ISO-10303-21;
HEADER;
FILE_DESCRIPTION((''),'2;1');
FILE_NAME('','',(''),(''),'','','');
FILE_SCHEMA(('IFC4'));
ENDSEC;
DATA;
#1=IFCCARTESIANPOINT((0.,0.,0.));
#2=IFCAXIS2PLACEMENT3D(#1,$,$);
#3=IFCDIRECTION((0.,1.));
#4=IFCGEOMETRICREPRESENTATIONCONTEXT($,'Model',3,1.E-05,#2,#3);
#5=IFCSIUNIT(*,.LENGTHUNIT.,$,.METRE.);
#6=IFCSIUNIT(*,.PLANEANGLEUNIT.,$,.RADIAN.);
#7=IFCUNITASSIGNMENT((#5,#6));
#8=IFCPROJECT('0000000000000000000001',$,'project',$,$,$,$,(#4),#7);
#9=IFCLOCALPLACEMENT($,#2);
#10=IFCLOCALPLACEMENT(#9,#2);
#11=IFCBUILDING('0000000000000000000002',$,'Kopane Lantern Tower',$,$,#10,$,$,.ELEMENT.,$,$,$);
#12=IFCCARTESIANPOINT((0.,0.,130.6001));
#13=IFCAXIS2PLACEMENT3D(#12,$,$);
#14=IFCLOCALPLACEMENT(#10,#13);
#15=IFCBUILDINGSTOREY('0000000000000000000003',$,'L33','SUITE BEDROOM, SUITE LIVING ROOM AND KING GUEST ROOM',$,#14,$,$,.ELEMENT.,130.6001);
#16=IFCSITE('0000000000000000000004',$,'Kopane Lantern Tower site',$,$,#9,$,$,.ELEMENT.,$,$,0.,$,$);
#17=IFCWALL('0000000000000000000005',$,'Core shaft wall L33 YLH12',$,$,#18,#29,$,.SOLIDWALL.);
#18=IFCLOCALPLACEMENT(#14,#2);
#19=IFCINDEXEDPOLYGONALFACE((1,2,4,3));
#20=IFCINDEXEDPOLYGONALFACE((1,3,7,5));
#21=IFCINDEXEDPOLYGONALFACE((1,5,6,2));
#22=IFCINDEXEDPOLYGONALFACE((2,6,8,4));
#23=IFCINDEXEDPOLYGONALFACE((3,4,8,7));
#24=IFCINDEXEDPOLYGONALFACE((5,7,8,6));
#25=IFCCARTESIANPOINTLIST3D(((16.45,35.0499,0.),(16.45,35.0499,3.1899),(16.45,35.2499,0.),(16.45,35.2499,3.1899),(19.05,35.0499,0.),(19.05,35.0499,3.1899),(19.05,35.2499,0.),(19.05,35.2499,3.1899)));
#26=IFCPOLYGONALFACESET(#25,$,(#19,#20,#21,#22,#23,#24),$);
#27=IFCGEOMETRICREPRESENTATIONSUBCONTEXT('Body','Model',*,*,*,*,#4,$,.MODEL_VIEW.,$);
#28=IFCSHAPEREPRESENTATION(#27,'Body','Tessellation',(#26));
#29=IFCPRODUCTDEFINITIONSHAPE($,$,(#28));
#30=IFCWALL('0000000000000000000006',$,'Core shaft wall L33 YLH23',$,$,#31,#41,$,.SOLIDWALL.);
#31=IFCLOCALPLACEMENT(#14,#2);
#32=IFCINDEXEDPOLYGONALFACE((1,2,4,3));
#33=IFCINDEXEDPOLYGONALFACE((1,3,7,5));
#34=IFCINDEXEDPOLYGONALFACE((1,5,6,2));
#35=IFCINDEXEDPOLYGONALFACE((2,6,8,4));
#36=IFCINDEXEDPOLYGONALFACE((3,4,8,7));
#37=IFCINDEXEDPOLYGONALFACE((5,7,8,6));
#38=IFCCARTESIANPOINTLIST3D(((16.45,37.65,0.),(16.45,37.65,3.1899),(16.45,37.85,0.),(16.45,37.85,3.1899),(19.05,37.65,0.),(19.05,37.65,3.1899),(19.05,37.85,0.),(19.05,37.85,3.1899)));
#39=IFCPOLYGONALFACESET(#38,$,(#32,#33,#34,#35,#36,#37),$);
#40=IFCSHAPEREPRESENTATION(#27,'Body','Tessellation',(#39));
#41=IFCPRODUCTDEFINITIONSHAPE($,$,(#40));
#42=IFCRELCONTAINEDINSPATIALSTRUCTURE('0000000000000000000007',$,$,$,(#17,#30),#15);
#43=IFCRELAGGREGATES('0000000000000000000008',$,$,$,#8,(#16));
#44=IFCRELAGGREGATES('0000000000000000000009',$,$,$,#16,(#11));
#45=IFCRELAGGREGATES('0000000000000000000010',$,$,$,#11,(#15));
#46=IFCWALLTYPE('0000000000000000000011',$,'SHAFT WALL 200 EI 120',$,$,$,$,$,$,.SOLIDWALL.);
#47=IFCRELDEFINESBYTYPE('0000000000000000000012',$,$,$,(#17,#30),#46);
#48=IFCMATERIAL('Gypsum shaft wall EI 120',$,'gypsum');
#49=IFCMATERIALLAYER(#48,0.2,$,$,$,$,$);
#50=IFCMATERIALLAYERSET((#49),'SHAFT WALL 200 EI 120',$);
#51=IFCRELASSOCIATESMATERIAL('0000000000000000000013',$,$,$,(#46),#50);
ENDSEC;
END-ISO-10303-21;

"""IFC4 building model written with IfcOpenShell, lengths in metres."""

from ifc_helpers import new_model, si_unit, direction, frame, frame_2d, origin, place, context, subcontext, project, spatial, rectangle, extrude, material, layer, layer_set, type_object, element, save


model = new_model("IFC4")

# Units and contexts
model_context = context("Model", 3, precision=1e-05, world=origin(), true_north=direction((0.0, 1.0)))
body_context = subcontext(model_context, "Body", "Model", "MODEL_VIEW")
ifc_project = project(units=[si_unit("LENGTHUNIT", "METRE"), si_unit("PLANEANGLEUNIT", "RADIAN")], contexts=[model_context])

# Site, building, storey
site_placement = place(None, origin())
site = spatial("IfcSite", under=ifc_project, at=site_placement, Name="Kopane Lantern Tower site", CompositionType="ELEMENT", RefElevation=0.0)
building_placement = place(site_placement, origin())
building = spatial("IfcBuilding", under=site, at=building_placement, Name="Kopane Lantern Tower", CompositionType="ELEMENT")
storey_placement = place(building_placement, frame((0.0, 0.0, 130.6001)))
storey = spatial("IfcBuildingStorey", under=building, at=storey_placement, Name="L33", Description="SUITE BEDROOM, SUITE LIVING ROOM AND KING GUEST ROOM", CompositionType="ELEMENT", Elevation=130.6001)

# Walls
ifc_material_1 = material(Name="Gypsum shaft wall EI 120", Category="gypsum")
ifc_layer_1 = layer(ifc_material_1, 0.2)
ifc_layer_set_1 = layer_set([ifc_layer_1], Name="SHAFT WALL 200 EI 120")
wall_type_1 = type_object("IfcWallType", Name="SHAFT WALL 200 EI 120", PredefinedType="SOLIDWALL", material=ifc_layer_set_1)
for number, where, z_axis, x_axis, name in (
    (1, (16.45, 35.1499, 0.0), (0.0, 0.0, 1.0), (1.0, 0.0, 0.0), "Core shaft wall L33 YLH12"),
    (2, (16.45, 37.75, 0.0), (0.0, 0.0, 1.0), (1.0, 0.0, 0.0), "Core shaft wall L33 YLH23"),
):
    element("IfcWall", number, at=place(storey_placement, frame(where, z_axis=z_axis, x_axis=x_axis)), inside=storey, type_object=wall_type_1, Name=name, PredefinedType="SOLIDWALL", context=body_context, shape_type="SweptSolid", body=[
        extrude(rectangle(XDim=2.6001, YDim=0.2, at=frame_2d((1.3, 0.0))), origin(), (0.0, 0.0, 1.0), 3.1899),
    ])

save(model, "model.ifc")
